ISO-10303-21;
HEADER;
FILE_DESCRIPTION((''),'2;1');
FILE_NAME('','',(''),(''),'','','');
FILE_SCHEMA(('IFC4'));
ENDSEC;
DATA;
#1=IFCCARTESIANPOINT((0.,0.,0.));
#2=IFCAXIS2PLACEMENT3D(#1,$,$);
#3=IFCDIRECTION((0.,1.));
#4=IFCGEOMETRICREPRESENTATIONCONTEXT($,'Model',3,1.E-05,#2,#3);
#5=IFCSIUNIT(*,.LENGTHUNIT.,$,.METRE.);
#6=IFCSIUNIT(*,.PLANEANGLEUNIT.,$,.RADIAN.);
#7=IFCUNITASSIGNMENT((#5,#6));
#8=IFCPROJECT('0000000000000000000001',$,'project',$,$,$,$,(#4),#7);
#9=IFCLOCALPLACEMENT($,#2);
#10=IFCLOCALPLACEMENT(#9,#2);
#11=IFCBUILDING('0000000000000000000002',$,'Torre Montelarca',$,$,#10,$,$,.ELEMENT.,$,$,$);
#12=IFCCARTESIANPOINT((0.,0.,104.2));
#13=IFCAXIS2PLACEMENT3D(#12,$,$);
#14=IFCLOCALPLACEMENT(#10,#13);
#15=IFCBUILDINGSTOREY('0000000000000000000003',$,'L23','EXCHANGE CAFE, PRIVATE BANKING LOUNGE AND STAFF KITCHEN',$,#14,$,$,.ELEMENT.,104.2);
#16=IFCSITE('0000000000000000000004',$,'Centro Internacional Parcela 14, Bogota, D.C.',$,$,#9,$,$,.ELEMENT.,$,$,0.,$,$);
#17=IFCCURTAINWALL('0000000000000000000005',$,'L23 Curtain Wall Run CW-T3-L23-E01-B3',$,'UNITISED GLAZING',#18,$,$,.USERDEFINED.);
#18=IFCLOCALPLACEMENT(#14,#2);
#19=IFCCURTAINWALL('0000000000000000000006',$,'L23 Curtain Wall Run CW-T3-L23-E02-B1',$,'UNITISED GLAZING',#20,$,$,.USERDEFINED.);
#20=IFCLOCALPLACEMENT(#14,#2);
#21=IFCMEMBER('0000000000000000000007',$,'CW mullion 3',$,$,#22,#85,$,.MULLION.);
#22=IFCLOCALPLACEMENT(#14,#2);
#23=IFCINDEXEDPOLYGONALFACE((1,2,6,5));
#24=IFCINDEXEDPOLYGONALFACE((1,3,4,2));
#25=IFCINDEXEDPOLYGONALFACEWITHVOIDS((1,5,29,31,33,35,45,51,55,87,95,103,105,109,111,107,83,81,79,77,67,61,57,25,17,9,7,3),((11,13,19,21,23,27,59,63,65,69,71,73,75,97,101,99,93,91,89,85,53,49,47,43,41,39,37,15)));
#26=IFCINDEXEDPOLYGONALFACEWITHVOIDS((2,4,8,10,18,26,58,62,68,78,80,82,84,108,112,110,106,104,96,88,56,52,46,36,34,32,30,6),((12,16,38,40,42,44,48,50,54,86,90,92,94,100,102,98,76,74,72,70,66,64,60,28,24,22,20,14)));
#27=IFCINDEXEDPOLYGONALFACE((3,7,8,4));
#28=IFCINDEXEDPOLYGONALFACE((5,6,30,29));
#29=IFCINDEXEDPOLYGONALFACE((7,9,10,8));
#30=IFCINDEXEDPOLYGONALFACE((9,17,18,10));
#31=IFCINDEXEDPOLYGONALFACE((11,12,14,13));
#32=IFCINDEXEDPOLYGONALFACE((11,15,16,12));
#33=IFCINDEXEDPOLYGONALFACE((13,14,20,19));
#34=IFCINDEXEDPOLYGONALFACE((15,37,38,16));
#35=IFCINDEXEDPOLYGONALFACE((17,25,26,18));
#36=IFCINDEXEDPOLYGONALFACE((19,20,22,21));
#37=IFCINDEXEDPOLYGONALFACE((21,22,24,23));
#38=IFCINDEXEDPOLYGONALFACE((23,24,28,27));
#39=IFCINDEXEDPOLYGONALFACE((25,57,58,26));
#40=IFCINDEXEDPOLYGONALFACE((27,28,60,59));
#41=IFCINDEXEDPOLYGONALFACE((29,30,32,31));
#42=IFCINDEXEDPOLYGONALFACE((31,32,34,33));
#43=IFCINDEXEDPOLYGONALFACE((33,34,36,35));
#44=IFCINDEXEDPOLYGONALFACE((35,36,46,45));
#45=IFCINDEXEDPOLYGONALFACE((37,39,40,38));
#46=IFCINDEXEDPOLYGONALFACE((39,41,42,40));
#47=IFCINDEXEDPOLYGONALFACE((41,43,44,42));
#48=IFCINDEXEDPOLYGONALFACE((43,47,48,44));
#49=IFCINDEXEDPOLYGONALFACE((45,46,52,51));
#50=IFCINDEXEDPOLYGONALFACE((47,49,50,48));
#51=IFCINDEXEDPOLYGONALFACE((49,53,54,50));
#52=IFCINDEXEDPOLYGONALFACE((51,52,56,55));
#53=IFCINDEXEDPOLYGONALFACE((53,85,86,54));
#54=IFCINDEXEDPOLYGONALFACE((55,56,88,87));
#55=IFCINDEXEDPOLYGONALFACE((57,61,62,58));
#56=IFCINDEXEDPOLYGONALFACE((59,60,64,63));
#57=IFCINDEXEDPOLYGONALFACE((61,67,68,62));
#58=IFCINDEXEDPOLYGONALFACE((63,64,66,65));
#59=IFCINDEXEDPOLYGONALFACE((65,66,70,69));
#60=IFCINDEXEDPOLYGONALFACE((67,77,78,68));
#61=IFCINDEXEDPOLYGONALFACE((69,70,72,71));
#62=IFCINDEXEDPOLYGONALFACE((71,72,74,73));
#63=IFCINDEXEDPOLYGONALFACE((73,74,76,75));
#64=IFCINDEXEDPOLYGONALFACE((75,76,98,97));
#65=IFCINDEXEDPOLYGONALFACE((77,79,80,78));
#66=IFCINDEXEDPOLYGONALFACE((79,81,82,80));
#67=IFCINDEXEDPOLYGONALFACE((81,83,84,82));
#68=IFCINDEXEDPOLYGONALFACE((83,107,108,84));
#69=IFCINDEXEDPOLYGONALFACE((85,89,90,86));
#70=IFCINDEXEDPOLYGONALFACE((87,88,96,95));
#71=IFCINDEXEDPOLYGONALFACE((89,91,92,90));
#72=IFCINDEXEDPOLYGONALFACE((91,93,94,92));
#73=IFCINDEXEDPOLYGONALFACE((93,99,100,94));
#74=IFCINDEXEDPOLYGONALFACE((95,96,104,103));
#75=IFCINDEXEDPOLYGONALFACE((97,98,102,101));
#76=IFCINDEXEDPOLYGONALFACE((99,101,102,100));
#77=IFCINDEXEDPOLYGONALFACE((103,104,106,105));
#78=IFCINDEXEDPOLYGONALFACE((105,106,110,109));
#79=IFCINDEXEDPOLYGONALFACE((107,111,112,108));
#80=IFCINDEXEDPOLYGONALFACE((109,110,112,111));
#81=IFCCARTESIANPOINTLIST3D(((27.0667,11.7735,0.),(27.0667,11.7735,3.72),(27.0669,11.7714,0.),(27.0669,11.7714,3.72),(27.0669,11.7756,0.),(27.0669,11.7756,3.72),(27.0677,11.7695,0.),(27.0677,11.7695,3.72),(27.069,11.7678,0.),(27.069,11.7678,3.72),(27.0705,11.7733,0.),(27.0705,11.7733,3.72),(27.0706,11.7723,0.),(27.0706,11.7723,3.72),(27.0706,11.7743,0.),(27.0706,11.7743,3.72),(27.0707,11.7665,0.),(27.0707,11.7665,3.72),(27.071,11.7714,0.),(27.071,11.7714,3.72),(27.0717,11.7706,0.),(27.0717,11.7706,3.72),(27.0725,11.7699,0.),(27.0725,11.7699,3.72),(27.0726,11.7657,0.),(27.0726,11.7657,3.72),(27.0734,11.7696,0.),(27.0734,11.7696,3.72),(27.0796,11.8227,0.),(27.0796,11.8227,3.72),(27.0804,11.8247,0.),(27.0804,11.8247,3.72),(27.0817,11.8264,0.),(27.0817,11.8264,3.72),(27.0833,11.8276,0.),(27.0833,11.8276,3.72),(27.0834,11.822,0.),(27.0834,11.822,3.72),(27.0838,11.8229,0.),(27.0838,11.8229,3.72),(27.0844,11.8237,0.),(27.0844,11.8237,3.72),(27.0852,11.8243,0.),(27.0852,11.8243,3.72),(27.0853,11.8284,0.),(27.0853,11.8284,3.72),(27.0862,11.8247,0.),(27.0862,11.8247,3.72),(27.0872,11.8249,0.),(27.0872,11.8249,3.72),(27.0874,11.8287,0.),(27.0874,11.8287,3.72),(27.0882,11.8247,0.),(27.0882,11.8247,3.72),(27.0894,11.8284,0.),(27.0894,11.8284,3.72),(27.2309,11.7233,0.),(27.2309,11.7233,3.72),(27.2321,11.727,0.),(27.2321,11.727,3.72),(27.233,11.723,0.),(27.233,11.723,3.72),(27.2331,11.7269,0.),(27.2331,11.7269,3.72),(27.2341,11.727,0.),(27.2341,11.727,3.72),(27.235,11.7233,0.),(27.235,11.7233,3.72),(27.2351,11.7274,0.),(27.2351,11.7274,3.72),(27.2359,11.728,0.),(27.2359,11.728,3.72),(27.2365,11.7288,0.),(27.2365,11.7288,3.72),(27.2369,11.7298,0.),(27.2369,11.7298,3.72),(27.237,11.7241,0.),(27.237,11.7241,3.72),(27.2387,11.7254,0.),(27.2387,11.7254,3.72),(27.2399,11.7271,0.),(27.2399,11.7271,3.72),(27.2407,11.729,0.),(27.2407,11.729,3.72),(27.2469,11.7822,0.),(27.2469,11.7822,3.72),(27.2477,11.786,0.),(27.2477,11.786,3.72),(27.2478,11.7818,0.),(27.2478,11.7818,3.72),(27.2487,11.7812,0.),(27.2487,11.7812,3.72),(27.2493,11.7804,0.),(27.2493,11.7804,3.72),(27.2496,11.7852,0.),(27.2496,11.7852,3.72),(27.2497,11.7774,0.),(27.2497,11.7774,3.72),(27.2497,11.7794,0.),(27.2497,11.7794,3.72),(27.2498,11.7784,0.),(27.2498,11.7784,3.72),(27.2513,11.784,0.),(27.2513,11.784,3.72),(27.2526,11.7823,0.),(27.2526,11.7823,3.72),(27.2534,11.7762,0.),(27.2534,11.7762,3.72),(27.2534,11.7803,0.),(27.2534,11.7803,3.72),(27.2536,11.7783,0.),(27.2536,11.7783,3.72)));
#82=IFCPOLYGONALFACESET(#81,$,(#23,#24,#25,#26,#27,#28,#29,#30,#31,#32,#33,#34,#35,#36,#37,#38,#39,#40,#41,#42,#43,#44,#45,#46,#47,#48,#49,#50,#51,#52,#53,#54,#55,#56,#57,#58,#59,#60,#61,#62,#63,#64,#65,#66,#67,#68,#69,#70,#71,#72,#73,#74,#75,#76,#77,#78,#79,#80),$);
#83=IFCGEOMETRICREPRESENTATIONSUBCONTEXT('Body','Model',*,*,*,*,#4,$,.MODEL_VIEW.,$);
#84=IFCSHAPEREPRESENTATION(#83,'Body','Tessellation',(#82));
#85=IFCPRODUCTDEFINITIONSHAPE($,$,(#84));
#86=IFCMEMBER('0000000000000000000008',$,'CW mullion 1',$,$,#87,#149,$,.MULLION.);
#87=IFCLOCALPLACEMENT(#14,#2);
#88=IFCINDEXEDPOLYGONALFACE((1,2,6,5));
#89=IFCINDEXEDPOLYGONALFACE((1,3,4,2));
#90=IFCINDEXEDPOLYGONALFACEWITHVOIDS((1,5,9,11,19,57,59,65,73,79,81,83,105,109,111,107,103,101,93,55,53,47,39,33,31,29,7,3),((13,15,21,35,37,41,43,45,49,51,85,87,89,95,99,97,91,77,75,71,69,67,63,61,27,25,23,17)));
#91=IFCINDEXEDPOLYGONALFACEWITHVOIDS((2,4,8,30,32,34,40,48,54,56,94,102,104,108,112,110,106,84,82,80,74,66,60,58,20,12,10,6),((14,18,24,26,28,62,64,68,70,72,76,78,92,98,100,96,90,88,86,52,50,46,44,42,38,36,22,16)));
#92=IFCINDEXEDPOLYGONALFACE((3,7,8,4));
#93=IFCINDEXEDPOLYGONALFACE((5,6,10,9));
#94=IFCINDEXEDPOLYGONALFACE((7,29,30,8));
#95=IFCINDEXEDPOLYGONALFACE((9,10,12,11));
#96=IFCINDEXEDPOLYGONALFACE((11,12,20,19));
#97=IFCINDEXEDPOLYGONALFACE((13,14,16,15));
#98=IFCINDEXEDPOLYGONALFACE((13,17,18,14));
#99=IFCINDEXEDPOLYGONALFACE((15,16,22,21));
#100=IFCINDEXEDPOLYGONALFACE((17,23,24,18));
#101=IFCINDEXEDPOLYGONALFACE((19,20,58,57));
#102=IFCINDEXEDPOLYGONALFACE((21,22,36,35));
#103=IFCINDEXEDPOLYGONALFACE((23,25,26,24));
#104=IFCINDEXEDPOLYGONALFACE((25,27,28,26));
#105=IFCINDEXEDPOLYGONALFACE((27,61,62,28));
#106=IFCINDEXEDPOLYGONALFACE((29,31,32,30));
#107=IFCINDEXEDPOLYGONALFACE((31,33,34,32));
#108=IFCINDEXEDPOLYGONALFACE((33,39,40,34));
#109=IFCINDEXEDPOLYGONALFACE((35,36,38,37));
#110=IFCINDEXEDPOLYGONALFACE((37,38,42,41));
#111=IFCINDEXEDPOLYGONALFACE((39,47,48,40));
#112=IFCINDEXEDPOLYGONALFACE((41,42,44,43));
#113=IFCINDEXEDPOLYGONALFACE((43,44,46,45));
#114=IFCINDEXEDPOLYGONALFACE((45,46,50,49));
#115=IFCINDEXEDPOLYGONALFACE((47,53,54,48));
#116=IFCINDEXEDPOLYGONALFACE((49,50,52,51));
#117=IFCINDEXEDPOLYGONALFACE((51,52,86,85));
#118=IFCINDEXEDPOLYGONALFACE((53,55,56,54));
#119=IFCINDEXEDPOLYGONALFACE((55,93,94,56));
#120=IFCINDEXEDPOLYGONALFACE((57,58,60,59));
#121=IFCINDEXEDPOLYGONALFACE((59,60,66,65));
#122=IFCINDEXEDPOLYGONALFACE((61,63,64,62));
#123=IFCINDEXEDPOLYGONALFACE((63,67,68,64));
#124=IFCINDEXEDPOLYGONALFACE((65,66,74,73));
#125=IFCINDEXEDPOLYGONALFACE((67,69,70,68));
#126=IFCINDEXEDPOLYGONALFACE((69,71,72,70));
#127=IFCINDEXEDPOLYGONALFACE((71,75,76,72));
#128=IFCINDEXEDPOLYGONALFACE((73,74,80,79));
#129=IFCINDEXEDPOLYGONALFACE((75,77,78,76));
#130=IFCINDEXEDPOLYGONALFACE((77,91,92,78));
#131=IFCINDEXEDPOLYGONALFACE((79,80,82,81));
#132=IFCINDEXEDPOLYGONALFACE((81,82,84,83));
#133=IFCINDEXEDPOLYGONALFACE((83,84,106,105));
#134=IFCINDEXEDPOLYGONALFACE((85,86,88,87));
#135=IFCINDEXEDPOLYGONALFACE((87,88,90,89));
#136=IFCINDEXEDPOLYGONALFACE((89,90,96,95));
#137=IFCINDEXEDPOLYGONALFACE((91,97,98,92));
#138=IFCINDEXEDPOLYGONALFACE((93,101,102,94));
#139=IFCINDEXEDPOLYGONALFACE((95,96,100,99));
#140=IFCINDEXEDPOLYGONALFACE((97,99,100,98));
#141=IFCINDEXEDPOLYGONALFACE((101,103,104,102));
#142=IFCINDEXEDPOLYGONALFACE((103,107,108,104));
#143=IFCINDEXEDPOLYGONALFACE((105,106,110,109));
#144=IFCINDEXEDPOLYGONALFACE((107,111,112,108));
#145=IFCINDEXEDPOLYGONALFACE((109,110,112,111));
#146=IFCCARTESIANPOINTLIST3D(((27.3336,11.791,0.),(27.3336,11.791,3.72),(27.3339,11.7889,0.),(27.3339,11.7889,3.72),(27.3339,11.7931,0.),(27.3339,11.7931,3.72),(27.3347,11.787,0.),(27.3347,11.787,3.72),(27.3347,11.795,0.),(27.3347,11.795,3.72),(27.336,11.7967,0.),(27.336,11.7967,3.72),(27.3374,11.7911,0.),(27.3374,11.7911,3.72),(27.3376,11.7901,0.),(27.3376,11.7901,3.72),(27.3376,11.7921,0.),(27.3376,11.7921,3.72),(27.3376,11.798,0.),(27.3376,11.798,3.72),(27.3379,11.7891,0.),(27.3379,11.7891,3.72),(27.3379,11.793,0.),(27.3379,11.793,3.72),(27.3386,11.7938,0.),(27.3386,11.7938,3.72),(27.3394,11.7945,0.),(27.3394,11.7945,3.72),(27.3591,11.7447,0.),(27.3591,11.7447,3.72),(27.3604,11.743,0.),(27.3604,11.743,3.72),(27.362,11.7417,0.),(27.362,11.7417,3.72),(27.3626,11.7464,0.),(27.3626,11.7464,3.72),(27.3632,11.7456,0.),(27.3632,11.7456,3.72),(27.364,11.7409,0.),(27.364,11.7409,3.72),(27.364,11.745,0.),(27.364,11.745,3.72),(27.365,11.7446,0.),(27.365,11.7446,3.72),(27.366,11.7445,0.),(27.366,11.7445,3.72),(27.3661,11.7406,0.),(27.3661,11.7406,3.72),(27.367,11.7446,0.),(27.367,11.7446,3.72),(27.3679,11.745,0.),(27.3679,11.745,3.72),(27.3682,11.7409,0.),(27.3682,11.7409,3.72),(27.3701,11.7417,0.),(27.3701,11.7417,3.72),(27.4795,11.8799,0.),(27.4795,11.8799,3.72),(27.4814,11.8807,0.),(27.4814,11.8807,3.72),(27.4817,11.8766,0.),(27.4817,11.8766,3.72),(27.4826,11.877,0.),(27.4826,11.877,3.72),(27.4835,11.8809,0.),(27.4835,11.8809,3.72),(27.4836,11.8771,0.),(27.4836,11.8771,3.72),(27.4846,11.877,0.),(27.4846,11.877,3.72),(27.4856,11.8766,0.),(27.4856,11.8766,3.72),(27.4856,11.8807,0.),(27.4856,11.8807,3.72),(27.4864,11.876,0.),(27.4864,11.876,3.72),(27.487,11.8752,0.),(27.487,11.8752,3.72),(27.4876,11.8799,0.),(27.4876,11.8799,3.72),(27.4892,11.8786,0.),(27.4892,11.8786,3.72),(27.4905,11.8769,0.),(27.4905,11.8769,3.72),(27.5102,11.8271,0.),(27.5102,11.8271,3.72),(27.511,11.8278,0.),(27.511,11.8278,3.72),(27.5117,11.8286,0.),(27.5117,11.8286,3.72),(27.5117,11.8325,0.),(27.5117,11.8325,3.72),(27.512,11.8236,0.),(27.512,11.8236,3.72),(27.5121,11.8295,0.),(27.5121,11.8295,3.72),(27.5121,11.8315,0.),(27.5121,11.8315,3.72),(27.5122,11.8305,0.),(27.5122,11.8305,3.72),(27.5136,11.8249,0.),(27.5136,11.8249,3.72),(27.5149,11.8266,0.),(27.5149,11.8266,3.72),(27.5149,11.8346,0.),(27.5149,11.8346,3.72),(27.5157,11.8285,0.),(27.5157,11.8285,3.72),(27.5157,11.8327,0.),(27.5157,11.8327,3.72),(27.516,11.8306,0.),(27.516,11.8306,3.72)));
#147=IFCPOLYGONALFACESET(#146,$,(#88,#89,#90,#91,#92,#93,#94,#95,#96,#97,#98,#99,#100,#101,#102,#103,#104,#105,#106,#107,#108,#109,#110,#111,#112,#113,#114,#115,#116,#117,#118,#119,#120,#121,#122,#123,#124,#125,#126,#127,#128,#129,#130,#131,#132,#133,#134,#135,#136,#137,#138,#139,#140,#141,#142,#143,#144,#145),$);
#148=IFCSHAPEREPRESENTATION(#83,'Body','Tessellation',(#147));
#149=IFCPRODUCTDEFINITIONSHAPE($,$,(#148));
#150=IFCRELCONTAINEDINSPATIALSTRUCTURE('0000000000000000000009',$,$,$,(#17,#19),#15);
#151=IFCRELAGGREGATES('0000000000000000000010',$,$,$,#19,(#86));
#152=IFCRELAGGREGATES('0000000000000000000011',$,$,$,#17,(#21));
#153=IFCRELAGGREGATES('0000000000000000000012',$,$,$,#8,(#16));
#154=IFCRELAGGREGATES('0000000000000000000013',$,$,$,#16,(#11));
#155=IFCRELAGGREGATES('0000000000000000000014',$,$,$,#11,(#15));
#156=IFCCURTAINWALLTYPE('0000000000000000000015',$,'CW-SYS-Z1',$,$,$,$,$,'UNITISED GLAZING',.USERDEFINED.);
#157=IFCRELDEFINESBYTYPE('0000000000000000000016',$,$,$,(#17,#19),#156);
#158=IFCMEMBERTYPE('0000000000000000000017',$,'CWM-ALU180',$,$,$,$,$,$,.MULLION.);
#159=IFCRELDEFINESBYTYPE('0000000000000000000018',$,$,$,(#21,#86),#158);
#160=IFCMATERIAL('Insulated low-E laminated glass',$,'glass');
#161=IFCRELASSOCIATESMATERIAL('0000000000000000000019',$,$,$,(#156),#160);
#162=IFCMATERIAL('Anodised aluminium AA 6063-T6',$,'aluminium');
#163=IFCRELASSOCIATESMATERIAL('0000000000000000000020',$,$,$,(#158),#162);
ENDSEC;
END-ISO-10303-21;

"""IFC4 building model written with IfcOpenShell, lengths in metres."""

from ifc_helpers import new_model, si_unit, direction, frame, origin, origin_2d, place, context, subcontext, project, spatial, hollow_rectangle, extrude, source, transform, mapped, material, material_profile, profile_set, type_object, element, aggregate, save


model = new_model("IFC4")

# Units and contexts
model_context = context("Model", 3, precision=1e-05, world=origin(), true_north=direction((0.0, 1.0)))
body_context = subcontext(model_context, "Body", "Model", "MODEL_VIEW")
ifc_project = project(units=[si_unit("LENGTHUNIT", "METRE"), si_unit("PLANEANGLEUNIT", "RADIAN")], contexts=[model_context])

# Site, building, storey
site_placement = place(None, origin())
site = spatial("IfcSite", under=ifc_project, at=site_placement, Name="Centro Internacional Parcela 14, Bogota, D.C.", CompositionType="ELEMENT", RefElevation=0.0)
building_placement = place(site_placement, origin())
building = spatial("IfcBuilding", under=site, at=building_placement, Name="Torre Montelarca", CompositionType="ELEMENT")
storey_placement = place(building_placement, frame((0.0, 0.0, 104.2)))
storey = spatial("IfcBuildingStorey", under=building, at=storey_placement, Name="L23", Description="EXCHANGE CAFE, PRIVATE BANKING LOUNGE AND STAFF KITCHEN", CompositionType="ELEMENT", Elevation=104.2)

# Curtain walls
ifc_material_1 = material(Name="Insulated low-E laminated glass", Category="glass")
curtain_wall_type = type_object("IfcCurtainWallType", Name="CW-SYS-Z1", ElementType="UNITISED GLAZING", PredefinedType="USERDEFINED", material=ifc_material_1)
curtain_wall_1_placement = place(storey_placement, origin())
curtain_wall_1 = element("IfcCurtainWall", 1, at=curtain_wall_1_placement, inside=storey, type_object=curtain_wall_type, Name="L23 Curtain Wall Run CW-T3-L23-E01-B3", ObjectType="UNITISED GLAZING", PredefinedType="USERDEFINED")
ifc_material_2 = material(Name="Anodised aluminium AA 6063-T6", Category="aluminium")
curtain_wall_2_placement = place(storey_placement, origin())
curtain_wall_2 = element("IfcCurtainWall", 2, at=curtain_wall_2_placement, inside=storey, type_object=curtain_wall_type, Name="L23 Curtain Wall Run CW-T3-L23-E02-B1", ObjectType="UNITISED GLAZING", PredefinedType="USERDEFINED")

# Members
ifc_material_profile_1 = material_profile(ifc_material_2, hollow_rectangle(XDim=0.0649, YDim=0.1799, WallThickness=0.0039, InnerFilletRadius=0.0039, OuterFilletRadius=0.0081, at=origin_2d()), Name="ALU65X180X4", Category="aluminium")
ifc_profile_set_1 = profile_set([ifc_material_profile_1], Name="Anodised aluminium AA 6063-T6")
member_type_1 = type_object("IfcMemberType", Name="CWM-ALU180", PredefinedType="MULLION", material=ifc_profile_set_1)
shared_shape_1 = source(origin(), body_context, "Body", "SweptSolid", [
    extrude(hollow_rectangle(XDim=0.0649, YDim=0.1799, WallThickness=0.0039, InnerFilletRadius=0.0039, OuterFilletRadius=0.0081, at=origin_2d()), origin(), (0.0, 0.0, 1.0), 3.72),
])
member_1_placement = place(storey_placement, frame((27.1602, 11.7759, 0.0), z_axis=(0.0, 0.0, 1.0), x_axis=(0.258818, 0.965926, 0.0)))
member_1 = element("IfcMember", 3, at=member_1_placement, type_object=member_type_1, Name="CW mullion 3", PredefinedType="MULLION", context=body_context, shape_type="MappedRepresentation", body=[
    mapped(shared_shape_1, transform((0.0, 0.0, 0.0), scale=1.0)),
])
member_2_placement = place(storey_placement, frame((27.4248, 11.8108, 0.0), z_axis=(0.0, 0.0, 1.0), x_axis=(-0.500001, 0.866025, 0.0)))
member_2 = element("IfcMember", 4, at=member_2_placement, type_object=member_type_1, Name="CW mullion 1", PredefinedType="MULLION", context=body_context, shape_type="MappedRepresentation", body=[
    mapped(shared_shape_1, transform((0.0, 0.0, 0.0), scale=1.0)),
])

aggregate(curtain_wall_2, [member_2])
aggregate(curtain_wall_1, [member_1])

save(model, "model.ifc")
